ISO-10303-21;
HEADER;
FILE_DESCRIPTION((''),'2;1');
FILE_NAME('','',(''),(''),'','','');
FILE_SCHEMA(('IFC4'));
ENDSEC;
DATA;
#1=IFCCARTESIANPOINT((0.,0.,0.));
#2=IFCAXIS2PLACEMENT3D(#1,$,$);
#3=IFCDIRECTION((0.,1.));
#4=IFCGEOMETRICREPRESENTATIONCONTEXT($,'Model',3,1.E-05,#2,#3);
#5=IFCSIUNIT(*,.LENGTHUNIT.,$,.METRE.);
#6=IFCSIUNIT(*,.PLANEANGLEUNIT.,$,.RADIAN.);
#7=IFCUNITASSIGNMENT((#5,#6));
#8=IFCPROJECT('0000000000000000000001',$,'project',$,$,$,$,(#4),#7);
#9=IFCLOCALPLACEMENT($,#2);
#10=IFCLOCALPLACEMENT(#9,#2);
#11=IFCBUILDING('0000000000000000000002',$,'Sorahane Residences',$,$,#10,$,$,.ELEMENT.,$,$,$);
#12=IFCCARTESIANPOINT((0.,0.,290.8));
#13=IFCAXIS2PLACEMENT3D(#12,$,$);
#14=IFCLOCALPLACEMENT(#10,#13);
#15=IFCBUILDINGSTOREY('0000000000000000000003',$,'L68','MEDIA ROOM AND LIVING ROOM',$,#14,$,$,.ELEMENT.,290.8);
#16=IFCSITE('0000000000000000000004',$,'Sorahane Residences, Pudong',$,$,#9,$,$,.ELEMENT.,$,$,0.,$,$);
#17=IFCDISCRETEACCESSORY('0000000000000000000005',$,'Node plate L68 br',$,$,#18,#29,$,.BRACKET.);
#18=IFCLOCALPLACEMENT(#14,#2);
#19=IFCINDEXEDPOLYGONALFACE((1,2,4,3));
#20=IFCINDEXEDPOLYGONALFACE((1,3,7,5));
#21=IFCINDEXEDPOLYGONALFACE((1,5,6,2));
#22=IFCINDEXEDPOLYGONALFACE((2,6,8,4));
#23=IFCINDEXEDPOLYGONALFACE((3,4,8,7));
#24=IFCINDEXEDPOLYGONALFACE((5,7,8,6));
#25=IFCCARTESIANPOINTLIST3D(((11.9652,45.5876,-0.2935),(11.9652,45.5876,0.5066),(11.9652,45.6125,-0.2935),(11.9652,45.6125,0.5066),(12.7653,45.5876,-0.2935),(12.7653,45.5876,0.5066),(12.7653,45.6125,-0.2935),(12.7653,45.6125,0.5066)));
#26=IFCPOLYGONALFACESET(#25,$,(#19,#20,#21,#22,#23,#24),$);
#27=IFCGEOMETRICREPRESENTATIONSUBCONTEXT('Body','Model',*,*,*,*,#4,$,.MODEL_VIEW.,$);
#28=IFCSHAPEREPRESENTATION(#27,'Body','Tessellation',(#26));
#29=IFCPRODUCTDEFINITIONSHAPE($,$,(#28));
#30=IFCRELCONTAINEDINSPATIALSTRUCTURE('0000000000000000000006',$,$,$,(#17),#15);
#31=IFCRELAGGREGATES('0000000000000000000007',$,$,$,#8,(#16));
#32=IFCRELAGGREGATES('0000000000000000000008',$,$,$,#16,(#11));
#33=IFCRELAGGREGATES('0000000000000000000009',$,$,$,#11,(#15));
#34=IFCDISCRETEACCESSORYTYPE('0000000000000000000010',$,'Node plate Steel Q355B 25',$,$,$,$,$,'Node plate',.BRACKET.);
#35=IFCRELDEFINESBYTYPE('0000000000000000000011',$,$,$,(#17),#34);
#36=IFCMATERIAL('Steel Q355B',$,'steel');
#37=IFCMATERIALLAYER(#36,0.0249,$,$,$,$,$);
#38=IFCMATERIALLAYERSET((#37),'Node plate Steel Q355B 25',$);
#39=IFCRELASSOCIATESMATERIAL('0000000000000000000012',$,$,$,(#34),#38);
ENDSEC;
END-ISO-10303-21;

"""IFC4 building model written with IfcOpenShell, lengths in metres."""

from ifc_helpers import new_model, si_unit, direction, frame, origin, origin_2d, place, context, subcontext, project, spatial, rectangle, extrude, material, layer, layer_set, type_object, element, save


model = new_model("IFC4")

# Units and contexts
model_context = context("Model", 3, precision=1e-05, world=origin(), true_north=direction((0.0, 1.0)))
body_context = subcontext(model_context, "Body", "Model", "MODEL_VIEW")
ifc_project = project(units=[si_unit("LENGTHUNIT", "METRE"), si_unit("PLANEANGLEUNIT", "RADIAN")], contexts=[model_context])

# Site, building, storey
site_placement = place(None, origin())
site = spatial("IfcSite", under=ifc_project, at=site_placement, Name="Sorahane Residences, Pudong", CompositionType="ELEMENT", RefElevation=0.0)
building_placement = place(site_placement, origin())
building = spatial("IfcBuilding", under=site, at=building_placement, Name="Sorahane Residences", CompositionType="ELEMENT")
storey_placement = place(building_placement, frame((0.0, 0.0, 290.8)))
storey = spatial("IfcBuildingStorey", under=building, at=storey_placement, Name="L68", Description="MEDIA ROOM AND LIVING ROOM", CompositionType="ELEMENT", Elevation=290.8)

# Discrete accessory
ifc_material_1 = material(Name="Steel Q355B", Category="steel")
ifc_layer_1 = layer(ifc_material_1, 0.0249)
ifc_layer_set_1 = layer_set([ifc_layer_1], Name="Node plate Steel Q355B 25")
discrete_accessory_type = type_object("IfcDiscreteAccessoryType", Name="Node plate Steel Q355B 25", ElementType="Node plate", PredefinedType="BRACKET", material=ifc_layer_set_1)
discrete_accessory_placement = place(storey_placement, frame((12.3652, 45.6001, -0.2935), z_axis=(0.0, 0.0, 1.0), x_axis=(1.0, 0.0, 0.0)))
element("IfcDiscreteAccessory", 1, at=discrete_accessory_placement, inside=storey, type_object=discrete_accessory_type, Name="Node plate L68 br", PredefinedType="BRACKET", context=body_context, shape_type="SweptSolid", body=[
    extrude(rectangle(XDim=0.8, YDim=0.0249, at=origin_2d()), origin(), (0.0, 0.0, 1.0), 0.8),
])

save(model, "model.ifc")
